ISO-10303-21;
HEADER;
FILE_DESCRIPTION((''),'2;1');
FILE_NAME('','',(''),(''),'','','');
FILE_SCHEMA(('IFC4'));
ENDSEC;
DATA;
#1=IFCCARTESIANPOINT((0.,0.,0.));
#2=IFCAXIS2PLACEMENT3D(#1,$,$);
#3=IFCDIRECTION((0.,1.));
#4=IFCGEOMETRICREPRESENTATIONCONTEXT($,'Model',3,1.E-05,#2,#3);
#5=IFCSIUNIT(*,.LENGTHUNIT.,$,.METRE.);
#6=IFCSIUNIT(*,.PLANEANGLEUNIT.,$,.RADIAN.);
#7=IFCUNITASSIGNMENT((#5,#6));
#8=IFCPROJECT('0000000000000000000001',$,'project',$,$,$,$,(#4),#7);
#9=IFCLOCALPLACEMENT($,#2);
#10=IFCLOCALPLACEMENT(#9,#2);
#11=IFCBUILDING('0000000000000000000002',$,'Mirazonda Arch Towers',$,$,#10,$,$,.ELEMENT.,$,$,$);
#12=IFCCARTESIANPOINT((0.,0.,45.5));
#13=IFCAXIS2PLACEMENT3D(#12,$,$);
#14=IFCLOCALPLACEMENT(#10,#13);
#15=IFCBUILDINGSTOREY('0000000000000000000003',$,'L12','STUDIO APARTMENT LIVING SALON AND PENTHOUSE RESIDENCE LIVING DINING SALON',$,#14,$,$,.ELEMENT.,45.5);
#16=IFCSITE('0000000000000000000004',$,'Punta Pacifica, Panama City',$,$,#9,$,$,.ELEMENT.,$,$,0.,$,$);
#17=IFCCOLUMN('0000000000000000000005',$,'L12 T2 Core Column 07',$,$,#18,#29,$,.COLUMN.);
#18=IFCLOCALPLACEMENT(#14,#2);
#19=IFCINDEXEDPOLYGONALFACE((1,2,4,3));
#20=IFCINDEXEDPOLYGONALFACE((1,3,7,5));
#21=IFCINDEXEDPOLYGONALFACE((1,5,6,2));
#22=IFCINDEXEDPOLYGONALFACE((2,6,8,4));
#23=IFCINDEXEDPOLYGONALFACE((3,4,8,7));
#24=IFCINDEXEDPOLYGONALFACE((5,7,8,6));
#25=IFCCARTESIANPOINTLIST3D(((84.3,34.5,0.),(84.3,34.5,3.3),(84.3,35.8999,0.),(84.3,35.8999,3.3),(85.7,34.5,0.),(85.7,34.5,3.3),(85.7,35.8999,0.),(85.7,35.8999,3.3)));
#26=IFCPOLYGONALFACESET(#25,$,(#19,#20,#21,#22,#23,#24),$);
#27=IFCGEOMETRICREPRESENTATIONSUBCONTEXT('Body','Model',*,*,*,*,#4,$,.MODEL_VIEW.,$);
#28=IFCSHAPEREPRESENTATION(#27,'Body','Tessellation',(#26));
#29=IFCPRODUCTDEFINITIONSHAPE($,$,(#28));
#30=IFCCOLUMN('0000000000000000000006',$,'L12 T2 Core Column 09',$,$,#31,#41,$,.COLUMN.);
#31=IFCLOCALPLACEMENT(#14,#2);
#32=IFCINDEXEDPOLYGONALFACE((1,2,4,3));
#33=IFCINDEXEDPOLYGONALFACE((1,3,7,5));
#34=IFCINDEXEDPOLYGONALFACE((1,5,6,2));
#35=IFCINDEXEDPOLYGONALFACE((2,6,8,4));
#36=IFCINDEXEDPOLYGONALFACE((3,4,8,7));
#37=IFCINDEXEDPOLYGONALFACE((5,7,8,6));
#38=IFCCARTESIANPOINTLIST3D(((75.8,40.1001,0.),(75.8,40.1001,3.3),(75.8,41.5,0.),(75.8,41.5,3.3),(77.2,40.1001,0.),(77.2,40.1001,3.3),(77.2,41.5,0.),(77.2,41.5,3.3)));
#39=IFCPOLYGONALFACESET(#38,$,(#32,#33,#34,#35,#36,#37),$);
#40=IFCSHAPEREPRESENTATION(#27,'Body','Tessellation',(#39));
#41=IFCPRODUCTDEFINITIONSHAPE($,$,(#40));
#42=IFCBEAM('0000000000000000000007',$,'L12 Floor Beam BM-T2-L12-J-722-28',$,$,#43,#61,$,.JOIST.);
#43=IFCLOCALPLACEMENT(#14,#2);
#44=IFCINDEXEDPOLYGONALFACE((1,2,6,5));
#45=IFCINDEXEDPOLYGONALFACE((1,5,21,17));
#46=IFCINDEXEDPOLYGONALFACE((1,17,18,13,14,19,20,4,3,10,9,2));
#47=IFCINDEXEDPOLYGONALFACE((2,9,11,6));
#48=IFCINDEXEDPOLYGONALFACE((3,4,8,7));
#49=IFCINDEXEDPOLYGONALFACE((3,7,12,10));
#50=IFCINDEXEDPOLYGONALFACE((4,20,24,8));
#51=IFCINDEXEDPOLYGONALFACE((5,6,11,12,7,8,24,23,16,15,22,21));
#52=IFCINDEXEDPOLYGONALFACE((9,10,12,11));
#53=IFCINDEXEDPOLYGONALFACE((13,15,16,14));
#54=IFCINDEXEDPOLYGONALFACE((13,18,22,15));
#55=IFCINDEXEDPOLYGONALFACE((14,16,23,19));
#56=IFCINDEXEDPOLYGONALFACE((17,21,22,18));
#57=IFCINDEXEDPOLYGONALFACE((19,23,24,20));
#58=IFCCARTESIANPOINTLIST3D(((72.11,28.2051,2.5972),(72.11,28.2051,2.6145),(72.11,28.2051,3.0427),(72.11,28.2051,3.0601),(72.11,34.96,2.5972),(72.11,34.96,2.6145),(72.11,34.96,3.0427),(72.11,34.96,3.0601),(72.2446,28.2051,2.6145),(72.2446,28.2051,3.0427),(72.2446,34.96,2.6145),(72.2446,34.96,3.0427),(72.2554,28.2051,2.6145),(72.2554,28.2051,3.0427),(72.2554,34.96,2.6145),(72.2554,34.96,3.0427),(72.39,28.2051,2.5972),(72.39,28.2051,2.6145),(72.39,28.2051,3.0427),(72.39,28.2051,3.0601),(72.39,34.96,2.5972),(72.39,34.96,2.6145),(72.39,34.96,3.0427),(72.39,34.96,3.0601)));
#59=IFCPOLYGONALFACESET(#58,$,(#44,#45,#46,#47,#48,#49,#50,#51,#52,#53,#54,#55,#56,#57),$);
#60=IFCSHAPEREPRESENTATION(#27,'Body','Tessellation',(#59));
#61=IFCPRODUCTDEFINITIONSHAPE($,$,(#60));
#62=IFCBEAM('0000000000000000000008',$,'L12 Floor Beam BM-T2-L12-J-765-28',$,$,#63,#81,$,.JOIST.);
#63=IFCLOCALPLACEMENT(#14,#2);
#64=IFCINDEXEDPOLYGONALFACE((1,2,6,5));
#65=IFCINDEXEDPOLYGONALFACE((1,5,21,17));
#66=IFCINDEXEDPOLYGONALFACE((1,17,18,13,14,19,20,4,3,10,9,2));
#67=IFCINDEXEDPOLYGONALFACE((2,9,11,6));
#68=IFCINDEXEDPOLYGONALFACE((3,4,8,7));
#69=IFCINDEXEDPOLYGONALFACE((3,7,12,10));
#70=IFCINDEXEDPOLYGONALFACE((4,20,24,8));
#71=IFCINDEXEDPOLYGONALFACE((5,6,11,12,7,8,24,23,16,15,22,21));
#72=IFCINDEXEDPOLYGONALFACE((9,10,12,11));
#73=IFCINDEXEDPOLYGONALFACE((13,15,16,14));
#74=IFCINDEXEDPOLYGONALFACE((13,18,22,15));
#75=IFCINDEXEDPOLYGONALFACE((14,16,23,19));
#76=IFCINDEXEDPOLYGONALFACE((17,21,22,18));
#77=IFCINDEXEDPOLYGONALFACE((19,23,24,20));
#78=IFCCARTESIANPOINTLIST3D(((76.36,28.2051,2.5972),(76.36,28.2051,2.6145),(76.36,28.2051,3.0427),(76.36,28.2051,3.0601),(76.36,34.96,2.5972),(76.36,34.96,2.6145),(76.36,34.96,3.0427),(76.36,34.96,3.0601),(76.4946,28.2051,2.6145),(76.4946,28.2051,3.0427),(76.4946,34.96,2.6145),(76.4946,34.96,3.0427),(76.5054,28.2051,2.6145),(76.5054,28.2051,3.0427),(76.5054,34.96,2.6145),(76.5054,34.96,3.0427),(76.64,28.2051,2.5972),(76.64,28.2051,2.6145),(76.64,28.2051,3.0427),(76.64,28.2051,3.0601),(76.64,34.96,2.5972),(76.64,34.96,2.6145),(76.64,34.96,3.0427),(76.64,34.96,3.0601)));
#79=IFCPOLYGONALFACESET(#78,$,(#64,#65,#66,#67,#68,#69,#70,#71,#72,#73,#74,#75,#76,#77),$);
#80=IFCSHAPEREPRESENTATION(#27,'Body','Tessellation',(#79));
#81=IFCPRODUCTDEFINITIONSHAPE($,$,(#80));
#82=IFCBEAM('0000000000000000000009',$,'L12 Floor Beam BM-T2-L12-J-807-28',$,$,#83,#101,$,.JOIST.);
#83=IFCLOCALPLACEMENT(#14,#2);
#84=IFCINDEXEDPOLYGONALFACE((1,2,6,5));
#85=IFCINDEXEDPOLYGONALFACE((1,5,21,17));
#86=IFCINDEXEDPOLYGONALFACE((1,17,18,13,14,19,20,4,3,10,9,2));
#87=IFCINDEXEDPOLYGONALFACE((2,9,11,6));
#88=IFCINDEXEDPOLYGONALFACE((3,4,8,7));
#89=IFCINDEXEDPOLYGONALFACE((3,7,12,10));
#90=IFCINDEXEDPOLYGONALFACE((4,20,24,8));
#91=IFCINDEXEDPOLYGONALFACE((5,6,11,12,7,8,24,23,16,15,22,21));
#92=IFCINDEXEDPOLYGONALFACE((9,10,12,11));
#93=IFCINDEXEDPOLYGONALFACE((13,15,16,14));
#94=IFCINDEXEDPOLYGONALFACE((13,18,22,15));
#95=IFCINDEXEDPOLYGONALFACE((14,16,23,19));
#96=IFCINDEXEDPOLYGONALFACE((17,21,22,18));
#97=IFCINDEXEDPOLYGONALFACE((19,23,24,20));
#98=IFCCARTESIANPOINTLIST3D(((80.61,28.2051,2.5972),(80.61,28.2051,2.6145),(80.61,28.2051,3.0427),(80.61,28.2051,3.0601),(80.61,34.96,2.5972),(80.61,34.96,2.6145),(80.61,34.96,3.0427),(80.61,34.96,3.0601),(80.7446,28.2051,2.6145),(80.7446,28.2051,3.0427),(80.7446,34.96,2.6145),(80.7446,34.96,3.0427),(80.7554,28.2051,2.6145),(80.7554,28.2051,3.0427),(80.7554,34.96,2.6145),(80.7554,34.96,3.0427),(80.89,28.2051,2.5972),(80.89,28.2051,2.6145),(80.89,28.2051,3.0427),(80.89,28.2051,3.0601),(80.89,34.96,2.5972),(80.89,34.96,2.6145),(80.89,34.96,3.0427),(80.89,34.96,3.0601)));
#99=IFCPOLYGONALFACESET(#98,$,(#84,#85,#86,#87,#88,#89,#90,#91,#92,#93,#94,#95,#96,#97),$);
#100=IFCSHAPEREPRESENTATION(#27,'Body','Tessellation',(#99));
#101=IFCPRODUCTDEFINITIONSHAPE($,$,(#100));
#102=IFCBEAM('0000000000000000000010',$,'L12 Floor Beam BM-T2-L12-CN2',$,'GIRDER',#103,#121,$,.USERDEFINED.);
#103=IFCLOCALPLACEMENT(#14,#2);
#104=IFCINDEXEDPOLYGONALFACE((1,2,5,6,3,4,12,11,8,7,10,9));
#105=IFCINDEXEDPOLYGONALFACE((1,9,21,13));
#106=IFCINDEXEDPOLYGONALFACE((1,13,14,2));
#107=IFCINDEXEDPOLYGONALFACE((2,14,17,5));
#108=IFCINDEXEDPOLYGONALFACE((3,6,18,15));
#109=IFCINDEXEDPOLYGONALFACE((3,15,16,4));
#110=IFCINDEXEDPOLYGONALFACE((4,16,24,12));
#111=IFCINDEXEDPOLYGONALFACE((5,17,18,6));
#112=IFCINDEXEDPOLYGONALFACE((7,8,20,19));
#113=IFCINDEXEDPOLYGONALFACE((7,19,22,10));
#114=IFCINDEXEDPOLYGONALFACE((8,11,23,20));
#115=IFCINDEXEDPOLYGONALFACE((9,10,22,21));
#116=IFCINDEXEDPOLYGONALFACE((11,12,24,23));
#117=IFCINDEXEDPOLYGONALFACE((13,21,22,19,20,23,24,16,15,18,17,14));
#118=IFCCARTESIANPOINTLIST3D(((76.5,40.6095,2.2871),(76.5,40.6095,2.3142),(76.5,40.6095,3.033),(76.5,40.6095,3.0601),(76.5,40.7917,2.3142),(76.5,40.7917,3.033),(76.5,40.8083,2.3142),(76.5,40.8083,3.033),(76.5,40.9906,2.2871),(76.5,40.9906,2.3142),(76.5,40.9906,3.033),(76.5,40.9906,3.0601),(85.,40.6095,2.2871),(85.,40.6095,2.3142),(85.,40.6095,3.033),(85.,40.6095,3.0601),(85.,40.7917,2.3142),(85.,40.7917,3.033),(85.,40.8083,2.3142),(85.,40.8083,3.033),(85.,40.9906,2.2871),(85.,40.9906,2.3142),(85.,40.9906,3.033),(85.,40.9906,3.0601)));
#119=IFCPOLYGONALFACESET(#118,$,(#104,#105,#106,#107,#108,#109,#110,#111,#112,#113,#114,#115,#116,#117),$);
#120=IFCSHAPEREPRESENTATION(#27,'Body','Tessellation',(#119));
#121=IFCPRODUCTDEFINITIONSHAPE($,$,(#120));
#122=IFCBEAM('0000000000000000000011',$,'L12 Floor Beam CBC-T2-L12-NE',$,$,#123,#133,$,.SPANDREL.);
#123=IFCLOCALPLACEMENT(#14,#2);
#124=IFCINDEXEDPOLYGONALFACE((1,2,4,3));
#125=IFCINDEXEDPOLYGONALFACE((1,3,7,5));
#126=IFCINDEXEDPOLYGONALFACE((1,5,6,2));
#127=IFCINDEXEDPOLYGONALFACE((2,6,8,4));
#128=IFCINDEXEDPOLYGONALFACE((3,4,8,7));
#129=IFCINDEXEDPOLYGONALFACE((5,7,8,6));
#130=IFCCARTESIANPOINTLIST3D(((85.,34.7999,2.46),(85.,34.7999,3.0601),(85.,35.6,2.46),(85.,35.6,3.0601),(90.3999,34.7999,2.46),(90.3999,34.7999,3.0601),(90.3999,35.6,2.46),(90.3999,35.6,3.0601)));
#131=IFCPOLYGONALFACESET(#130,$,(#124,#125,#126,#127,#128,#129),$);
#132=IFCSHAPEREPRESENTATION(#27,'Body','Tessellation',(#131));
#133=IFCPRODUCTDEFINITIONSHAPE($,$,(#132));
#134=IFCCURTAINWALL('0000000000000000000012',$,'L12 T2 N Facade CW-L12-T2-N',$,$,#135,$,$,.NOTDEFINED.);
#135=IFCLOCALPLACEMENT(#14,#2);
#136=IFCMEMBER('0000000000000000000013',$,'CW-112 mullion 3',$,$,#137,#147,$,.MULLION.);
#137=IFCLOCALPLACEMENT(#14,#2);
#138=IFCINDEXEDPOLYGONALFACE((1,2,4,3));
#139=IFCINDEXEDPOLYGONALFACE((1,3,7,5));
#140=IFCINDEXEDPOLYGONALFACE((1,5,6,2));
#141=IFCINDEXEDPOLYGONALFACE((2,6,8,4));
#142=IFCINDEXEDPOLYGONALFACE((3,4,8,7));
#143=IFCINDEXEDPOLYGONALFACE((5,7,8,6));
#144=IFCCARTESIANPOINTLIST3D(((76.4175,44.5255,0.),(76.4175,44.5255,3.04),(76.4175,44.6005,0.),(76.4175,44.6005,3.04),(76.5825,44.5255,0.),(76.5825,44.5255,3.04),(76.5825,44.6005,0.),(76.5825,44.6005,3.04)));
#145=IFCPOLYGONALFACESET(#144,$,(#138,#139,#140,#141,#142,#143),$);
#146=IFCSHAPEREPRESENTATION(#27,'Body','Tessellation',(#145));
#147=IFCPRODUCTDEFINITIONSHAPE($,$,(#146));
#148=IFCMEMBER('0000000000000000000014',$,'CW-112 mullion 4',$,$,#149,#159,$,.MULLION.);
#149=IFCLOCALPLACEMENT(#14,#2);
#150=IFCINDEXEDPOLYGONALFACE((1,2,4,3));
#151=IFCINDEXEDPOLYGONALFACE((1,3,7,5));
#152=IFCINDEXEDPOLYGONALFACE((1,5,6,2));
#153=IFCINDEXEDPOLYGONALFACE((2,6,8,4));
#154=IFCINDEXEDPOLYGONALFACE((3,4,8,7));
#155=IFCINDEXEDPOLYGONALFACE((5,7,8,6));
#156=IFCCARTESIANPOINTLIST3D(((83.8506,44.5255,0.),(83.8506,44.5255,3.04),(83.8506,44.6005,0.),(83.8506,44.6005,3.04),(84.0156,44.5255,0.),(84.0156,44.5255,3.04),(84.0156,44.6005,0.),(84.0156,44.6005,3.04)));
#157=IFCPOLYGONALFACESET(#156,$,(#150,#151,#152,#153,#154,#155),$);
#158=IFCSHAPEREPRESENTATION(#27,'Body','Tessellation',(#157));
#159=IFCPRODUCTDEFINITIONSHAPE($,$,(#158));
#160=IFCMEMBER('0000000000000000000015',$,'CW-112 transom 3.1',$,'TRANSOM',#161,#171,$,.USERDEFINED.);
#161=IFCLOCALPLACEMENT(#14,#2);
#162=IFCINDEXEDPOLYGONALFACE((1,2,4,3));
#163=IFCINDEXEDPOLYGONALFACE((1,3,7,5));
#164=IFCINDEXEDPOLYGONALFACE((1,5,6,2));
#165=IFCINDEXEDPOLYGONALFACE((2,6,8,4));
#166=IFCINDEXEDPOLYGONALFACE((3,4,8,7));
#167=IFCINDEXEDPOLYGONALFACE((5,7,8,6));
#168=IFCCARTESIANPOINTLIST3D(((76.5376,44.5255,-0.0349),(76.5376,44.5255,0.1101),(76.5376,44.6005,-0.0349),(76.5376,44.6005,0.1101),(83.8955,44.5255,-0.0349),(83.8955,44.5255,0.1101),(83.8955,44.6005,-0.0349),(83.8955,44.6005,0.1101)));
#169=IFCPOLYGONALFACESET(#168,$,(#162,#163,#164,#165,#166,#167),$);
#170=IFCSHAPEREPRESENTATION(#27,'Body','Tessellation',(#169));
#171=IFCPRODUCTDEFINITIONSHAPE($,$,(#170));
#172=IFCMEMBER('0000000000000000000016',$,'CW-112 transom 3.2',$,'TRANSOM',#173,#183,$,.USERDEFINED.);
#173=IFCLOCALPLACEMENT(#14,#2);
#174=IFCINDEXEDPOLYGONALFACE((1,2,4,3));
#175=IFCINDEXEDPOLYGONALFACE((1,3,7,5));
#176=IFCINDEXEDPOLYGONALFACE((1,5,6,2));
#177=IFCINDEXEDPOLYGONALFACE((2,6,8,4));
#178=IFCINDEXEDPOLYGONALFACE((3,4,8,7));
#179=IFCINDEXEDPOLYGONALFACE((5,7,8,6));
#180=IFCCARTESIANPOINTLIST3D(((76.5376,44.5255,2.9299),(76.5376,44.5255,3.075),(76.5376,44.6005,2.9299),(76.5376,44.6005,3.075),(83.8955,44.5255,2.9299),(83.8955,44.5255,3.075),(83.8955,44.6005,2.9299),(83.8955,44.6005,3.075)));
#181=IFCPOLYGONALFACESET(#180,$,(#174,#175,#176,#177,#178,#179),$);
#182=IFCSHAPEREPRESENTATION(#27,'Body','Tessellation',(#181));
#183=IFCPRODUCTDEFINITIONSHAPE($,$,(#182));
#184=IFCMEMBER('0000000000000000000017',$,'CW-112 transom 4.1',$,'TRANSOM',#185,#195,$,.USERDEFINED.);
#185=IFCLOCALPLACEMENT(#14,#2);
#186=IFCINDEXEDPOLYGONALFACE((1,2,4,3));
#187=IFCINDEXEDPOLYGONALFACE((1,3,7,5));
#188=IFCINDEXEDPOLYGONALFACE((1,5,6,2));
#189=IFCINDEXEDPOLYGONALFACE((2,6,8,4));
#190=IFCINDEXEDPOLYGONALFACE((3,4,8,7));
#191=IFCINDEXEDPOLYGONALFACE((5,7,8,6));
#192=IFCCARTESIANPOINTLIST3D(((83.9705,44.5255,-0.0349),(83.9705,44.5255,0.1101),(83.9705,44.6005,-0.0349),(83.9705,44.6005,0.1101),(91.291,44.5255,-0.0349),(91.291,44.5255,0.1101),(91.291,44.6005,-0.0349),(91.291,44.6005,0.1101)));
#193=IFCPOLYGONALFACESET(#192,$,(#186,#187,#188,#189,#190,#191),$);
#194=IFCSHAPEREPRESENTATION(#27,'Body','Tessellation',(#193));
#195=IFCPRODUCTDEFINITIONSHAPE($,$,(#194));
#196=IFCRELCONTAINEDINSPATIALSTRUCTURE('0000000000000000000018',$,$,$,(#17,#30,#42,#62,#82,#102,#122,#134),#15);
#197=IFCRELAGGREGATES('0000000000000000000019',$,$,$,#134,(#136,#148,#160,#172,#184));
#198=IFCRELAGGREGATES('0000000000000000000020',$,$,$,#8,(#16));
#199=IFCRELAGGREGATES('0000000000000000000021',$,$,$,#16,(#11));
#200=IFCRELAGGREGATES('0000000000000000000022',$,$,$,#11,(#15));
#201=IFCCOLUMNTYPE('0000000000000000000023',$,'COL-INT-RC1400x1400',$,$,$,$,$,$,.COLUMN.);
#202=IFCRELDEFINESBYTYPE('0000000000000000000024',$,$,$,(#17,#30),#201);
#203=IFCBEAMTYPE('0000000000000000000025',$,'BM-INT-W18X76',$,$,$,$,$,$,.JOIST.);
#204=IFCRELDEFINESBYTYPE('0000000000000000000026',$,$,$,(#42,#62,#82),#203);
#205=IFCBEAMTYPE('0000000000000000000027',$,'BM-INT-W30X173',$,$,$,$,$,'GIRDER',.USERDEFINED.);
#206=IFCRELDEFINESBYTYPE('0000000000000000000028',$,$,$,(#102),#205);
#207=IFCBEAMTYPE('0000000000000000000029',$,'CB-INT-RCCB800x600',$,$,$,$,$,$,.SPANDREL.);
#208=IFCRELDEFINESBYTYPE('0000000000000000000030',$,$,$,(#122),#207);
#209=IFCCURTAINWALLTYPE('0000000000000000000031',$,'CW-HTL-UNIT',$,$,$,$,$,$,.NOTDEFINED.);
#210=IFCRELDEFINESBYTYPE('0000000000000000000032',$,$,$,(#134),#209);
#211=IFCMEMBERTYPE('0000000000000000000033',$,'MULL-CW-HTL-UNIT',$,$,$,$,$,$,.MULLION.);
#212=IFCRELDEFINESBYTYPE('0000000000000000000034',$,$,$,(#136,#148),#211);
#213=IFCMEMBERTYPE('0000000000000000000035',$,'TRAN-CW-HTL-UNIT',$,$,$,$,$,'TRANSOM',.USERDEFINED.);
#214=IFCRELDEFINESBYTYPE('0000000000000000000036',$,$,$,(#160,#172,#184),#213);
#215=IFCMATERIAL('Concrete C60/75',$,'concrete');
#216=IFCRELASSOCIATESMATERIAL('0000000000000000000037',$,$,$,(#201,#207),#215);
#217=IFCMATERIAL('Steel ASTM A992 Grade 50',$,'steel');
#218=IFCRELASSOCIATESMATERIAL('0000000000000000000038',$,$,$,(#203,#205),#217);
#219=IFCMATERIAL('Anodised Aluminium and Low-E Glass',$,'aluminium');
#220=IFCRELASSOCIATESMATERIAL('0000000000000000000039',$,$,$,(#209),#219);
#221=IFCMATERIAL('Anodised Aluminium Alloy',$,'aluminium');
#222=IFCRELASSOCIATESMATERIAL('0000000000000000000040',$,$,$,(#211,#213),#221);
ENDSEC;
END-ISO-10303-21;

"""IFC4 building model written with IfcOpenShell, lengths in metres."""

from ifc_helpers import new_model, si_unit, direction, frame, origin, origin_2d, place, context, subcontext, project, spatial, rectangle, i_section, extrude, material, material_profile, profile_set, type_object, element, aggregate, save


model = new_model("IFC4")

# Units and contexts
model_context = context("Model", 3, precision=1e-05, world=origin(), true_north=direction((0.0, 1.0)))
body_context = subcontext(model_context, "Body", "Model", "MODEL_VIEW")
ifc_project = project(units=[si_unit("LENGTHUNIT", "METRE"), si_unit("PLANEANGLEUNIT", "RADIAN")], contexts=[model_context])

# Site, building, storey
site_placement = place(None, origin())
site = spatial("IfcSite", under=ifc_project, at=site_placement, Name="Punta Pacifica, Panama City", CompositionType="ELEMENT", RefElevation=0.0)
building_placement = place(site_placement, origin())
building = spatial("IfcBuilding", under=site, at=building_placement, Name="Mirazonda Arch Towers", CompositionType="ELEMENT")
storey_placement = place(building_placement, frame((0.0, 0.0, 45.5)))
storey = spatial("IfcBuildingStorey", under=building, at=storey_placement, Name="L12", Description="STUDIO APARTMENT LIVING SALON AND PENTHOUSE RESIDENCE LIVING DINING SALON", CompositionType="ELEMENT", Elevation=45.5)

# Columns
ifc_material_1 = material(Name="Concrete C60/75", Category="concrete")
ifc_material_profile_1 = material_profile(ifc_material_1, rectangle(XDim=1.3999, YDim=1.3999, at=origin_2d()), Name="RC1400x1400")
ifc_profile_set_1 = profile_set([ifc_material_profile_1], Name="Concrete C60/75")
column_type = type_object("IfcColumnType", Name="COL-INT-RC1400x1400", PredefinedType="COLUMN", material=ifc_profile_set_1)
for number, where, z_axis, x_axis, name in (
    (1, (85.0, 35.2, 0.0), (0.0, 0.0, 1.0), (1.0, 0.0, 0.0), "L12 T2 Core Column 07"),
    (2, (76.5, 40.8, 0.0), (0.0, 0.0, 1.0), (1.0, 0.0, 0.0), "L12 T2 Core Column 09"),
):
    element("IfcColumn", number, at=place(storey_placement, frame(where, z_axis=z_axis, x_axis=x_axis)), inside=storey, type_object=column_type, Name=name, PredefinedType="COLUMN", context=body_context, shape_type="SweptSolid", body=[
        extrude(rectangle(XDim=1.3999, YDim=1.3999, at=origin_2d()), origin(), (0.0, 0.0, 1.0), 3.3),
    ])

# Beams
ifc_material_2 = material(Name="Steel ASTM A992 Grade 50", Category="steel")
ifc_material_profile_2 = material_profile(ifc_material_2, i_section(OverallWidth=0.28, OverallDepth=0.4629, WebThickness=0.0107, FlangeThickness=0.0173, at=origin_2d()), Name="W18X76")
ifc_profile_set_2 = profile_set([ifc_material_profile_2], Name="Steel ASTM A992 Grade 50")
beam_type_1 = type_object("IfcBeamType", Name="BM-INT-W18X76", PredefinedType="JOIST", material=ifc_profile_set_2)
for number, where, z_axis, x_axis, name in (
    (3, (72.25, 28.2051, 2.8286), (0.0, 1.0, 0.0), (-1.0, 0.0, 0.0), "L12 Floor Beam BM-T2-L12-J-722-28"),
    (4, (76.5, 28.2051, 2.8286), (0.0, 1.0, 0.0), (-1.0, 0.0, 0.0), "L12 Floor Beam BM-T2-L12-J-765-28"),
    (5, (80.75, 28.2051, 2.8286), (0.0, 1.0, 0.0), (-1.0, 0.0, 0.0), "L12 Floor Beam BM-T2-L12-J-807-28"),
):
    element("IfcBeam", number, at=place(storey_placement, frame(where, z_axis=z_axis, x_axis=x_axis)), inside=storey, type_object=beam_type_1, Name=name, PredefinedType="JOIST", context=body_context, shape_type="SweptSolid", body=[
        extrude(i_section(OverallWidth=0.28, OverallDepth=0.4629, WebThickness=0.0107, FlangeThickness=0.0173, at=origin_2d()), origin(), (0.0, 0.0, 1.0), 6.7549),
    ])
ifc_material_profile_3 = material_profile(ifc_material_2, i_section(OverallWidth=0.3811, OverallDepth=0.7729, WebThickness=0.0166, FlangeThickness=0.0271, at=origin_2d()), Name="W30X173")
ifc_profile_set_3 = profile_set([ifc_material_profile_3], Name="Steel ASTM A992 Grade 50")
beam_type_2 = type_object("IfcBeamType", Name="BM-INT-W30X173", ElementType="GIRDER", PredefinedType="USERDEFINED", material=ifc_profile_set_3)
beam_1_placement = place(storey_placement, frame((76.5, 40.8, 2.6736), z_axis=(1.0, 0.0, 0.0), x_axis=(0.0, 1.0, 0.0)))
element("IfcBeam", 6, at=beam_1_placement, inside=storey, type_object=beam_type_2, Name="L12 Floor Beam BM-T2-L12-CN2", ObjectType="GIRDER", PredefinedType="USERDEFINED", context=body_context, shape_type="SweptSolid", body=[
    extrude(i_section(OverallWidth=0.3811, OverallDepth=0.7729, WebThickness=0.0166, FlangeThickness=0.0271, at=origin_2d()), origin(), (0.0, 0.0, 1.0), 8.5),
])
ifc_material_profile_4 = material_profile(ifc_material_1, rectangle(XDim=0.8, YDim=0.6001, at=origin_2d()), Name="RCCB800x600")
ifc_profile_set_4 = profile_set([ifc_material_profile_4], Name="Concrete C60/75")
beam_type_3 = type_object("IfcBeamType", Name="CB-INT-RCCB800x600", PredefinedType="SPANDREL", material=ifc_profile_set_4)
beam_2_placement = place(storey_placement, frame((85.0, 35.2, 2.76), z_axis=(1.0, 0.0, 0.0), x_axis=(0.0, 1.0, 0.0)))
element("IfcBeam", 7, at=beam_2_placement, inside=storey, type_object=beam_type_3, Name="L12 Floor Beam CBC-T2-L12-NE", PredefinedType="SPANDREL", context=body_context, shape_type="SweptSolid", body=[
    extrude(rectangle(XDim=0.8, YDim=0.6001, at=origin_2d()), origin(), (0.0, 0.0, 1.0), 5.3999),
])

# Curtain wall, members
ifc_material_3 = material(Name="Anodised Aluminium and Low-E Glass", Category="aluminium")
curtain_wall_type = type_object("IfcCurtainWallType", Name="CW-HTL-UNIT", PredefinedType="NOTDEFINED", material=ifc_material_3)
curtain_wall_placement = place(storey_placement, origin())
curtain_wall = element("IfcCurtainWall", 8, at=curtain_wall_placement, inside=storey, type_object=curtain_wall_type, Name="L12 T2 N Facade CW-L12-T2-N", PredefinedType="NOTDEFINED")
ifc_material_4 = material(Name="Anodised Aluminium Alloy", Category="aluminium")
ifc_material_profile_5 = material_profile(ifc_material_4, rectangle(XDim=0.075, YDim=0.165, at=origin_2d()), Name="ALU-MULL-75x165")
ifc_profile_set_5 = profile_set([ifc_material_profile_5], Name="Anodised Aluminium Alloy")
member_type_1 = type_object("IfcMemberType", Name="MULL-CW-HTL-UNIT", PredefinedType="MULLION", material=ifc_profile_set_5)
member_1_placement = place(storey_placement, frame((76.5, 44.563, 0.0), z_axis=(0.0, 0.0, 1.0), x_axis=(0.0, 1.0, 0.0)))
member_1 = element("IfcMember", 9, at=member_1_placement, type_object=member_type_1, Name="CW-112 mullion 3", PredefinedType="MULLION", context=body_context, shape_type="SweptSolid", body=[
    extrude(rectangle(XDim=0.075, YDim=0.165, at=origin_2d()), origin(), (0.0, 0.0, 1.0), 3.04),
])
member_2_placement = place(storey_placement, frame((83.9331, 44.563, 0.0), z_axis=(0.0, 0.0, 1.0), x_axis=(0.0, 1.0, 0.0)))
member_2 = element("IfcMember", 10, at=member_2_placement, type_object=member_type_1, Name="CW-112 mullion 4", PredefinedType="MULLION", context=body_context, shape_type="SweptSolid", body=[
    extrude(rectangle(XDim=0.075, YDim=0.165, at=origin_2d()), origin(), (0.0, 0.0, 1.0), 3.04),
])
ifc_material_profile_6 = material_profile(ifc_material_4, rectangle(XDim=0.075, YDim=0.145, at=origin_2d()), Name="ALU-TRAN-75x145")
ifc_profile_set_6 = profile_set([ifc_material_profile_6], Name="Anodised Aluminium Alloy")
member_type_2 = type_object("IfcMemberType", Name="TRAN-CW-HTL-UNIT", ElementType="TRANSOM", PredefinedType="USERDEFINED", material=ifc_profile_set_6)
member_3_placement = place(storey_placement, frame((76.5376, 44.563, 0.0376), z_axis=(1.0, 0.0, 0.0), x_axis=(0.0, 1.0, 0.0)))
member_3 = element("IfcMember", 11, at=member_3_placement, type_object=member_type_2, Name="CW-112 transom 3.1", ObjectType="TRANSOM", PredefinedType="USERDEFINED", context=body_context, shape_type="SweptSolid", body=[
    extrude(rectangle(XDim=0.075, YDim=0.145, at=origin_2d()), origin(), (0.0, 0.0, 1.0), 7.3579),
])
member_4_placement = place(storey_placement, frame((76.5376, 44.563, 3.0024), z_axis=(1.0, 0.0, 0.0), x_axis=(0.0, 1.0, 0.0)))
member_4 = element("IfcMember", 12, at=member_4_placement, type_object=member_type_2, Name="CW-112 transom 3.2", ObjectType="TRANSOM", PredefinedType="USERDEFINED", context=body_context, shape_type="SweptSolid", body=[
    extrude(rectangle(XDim=0.075, YDim=0.145, at=origin_2d()), origin(), (0.0, 0.0, 1.0), 7.3579),
])
member_5_placement = place(storey_placement, frame((83.9705, 44.563, 0.0376), z_axis=(1.0, 0.0, 0.0), x_axis=(0.0, 1.0, 0.0)))
member_5 = element("IfcMember", 13, at=member_5_placement, type_object=member_type_2, Name="CW-112 transom 4.1", ObjectType="TRANSOM", PredefinedType="USERDEFINED", context=body_context, shape_type="SweptSolid", body=[
    extrude(rectangle(XDim=0.075, YDim=0.145, at=origin_2d()), origin(), (0.0, 0.0, 1.0), 7.3206),
])
aggregate(curtain_wall, [member_1, member_2, member_3, member_4, member_5])

save(model, "model.ifc")
